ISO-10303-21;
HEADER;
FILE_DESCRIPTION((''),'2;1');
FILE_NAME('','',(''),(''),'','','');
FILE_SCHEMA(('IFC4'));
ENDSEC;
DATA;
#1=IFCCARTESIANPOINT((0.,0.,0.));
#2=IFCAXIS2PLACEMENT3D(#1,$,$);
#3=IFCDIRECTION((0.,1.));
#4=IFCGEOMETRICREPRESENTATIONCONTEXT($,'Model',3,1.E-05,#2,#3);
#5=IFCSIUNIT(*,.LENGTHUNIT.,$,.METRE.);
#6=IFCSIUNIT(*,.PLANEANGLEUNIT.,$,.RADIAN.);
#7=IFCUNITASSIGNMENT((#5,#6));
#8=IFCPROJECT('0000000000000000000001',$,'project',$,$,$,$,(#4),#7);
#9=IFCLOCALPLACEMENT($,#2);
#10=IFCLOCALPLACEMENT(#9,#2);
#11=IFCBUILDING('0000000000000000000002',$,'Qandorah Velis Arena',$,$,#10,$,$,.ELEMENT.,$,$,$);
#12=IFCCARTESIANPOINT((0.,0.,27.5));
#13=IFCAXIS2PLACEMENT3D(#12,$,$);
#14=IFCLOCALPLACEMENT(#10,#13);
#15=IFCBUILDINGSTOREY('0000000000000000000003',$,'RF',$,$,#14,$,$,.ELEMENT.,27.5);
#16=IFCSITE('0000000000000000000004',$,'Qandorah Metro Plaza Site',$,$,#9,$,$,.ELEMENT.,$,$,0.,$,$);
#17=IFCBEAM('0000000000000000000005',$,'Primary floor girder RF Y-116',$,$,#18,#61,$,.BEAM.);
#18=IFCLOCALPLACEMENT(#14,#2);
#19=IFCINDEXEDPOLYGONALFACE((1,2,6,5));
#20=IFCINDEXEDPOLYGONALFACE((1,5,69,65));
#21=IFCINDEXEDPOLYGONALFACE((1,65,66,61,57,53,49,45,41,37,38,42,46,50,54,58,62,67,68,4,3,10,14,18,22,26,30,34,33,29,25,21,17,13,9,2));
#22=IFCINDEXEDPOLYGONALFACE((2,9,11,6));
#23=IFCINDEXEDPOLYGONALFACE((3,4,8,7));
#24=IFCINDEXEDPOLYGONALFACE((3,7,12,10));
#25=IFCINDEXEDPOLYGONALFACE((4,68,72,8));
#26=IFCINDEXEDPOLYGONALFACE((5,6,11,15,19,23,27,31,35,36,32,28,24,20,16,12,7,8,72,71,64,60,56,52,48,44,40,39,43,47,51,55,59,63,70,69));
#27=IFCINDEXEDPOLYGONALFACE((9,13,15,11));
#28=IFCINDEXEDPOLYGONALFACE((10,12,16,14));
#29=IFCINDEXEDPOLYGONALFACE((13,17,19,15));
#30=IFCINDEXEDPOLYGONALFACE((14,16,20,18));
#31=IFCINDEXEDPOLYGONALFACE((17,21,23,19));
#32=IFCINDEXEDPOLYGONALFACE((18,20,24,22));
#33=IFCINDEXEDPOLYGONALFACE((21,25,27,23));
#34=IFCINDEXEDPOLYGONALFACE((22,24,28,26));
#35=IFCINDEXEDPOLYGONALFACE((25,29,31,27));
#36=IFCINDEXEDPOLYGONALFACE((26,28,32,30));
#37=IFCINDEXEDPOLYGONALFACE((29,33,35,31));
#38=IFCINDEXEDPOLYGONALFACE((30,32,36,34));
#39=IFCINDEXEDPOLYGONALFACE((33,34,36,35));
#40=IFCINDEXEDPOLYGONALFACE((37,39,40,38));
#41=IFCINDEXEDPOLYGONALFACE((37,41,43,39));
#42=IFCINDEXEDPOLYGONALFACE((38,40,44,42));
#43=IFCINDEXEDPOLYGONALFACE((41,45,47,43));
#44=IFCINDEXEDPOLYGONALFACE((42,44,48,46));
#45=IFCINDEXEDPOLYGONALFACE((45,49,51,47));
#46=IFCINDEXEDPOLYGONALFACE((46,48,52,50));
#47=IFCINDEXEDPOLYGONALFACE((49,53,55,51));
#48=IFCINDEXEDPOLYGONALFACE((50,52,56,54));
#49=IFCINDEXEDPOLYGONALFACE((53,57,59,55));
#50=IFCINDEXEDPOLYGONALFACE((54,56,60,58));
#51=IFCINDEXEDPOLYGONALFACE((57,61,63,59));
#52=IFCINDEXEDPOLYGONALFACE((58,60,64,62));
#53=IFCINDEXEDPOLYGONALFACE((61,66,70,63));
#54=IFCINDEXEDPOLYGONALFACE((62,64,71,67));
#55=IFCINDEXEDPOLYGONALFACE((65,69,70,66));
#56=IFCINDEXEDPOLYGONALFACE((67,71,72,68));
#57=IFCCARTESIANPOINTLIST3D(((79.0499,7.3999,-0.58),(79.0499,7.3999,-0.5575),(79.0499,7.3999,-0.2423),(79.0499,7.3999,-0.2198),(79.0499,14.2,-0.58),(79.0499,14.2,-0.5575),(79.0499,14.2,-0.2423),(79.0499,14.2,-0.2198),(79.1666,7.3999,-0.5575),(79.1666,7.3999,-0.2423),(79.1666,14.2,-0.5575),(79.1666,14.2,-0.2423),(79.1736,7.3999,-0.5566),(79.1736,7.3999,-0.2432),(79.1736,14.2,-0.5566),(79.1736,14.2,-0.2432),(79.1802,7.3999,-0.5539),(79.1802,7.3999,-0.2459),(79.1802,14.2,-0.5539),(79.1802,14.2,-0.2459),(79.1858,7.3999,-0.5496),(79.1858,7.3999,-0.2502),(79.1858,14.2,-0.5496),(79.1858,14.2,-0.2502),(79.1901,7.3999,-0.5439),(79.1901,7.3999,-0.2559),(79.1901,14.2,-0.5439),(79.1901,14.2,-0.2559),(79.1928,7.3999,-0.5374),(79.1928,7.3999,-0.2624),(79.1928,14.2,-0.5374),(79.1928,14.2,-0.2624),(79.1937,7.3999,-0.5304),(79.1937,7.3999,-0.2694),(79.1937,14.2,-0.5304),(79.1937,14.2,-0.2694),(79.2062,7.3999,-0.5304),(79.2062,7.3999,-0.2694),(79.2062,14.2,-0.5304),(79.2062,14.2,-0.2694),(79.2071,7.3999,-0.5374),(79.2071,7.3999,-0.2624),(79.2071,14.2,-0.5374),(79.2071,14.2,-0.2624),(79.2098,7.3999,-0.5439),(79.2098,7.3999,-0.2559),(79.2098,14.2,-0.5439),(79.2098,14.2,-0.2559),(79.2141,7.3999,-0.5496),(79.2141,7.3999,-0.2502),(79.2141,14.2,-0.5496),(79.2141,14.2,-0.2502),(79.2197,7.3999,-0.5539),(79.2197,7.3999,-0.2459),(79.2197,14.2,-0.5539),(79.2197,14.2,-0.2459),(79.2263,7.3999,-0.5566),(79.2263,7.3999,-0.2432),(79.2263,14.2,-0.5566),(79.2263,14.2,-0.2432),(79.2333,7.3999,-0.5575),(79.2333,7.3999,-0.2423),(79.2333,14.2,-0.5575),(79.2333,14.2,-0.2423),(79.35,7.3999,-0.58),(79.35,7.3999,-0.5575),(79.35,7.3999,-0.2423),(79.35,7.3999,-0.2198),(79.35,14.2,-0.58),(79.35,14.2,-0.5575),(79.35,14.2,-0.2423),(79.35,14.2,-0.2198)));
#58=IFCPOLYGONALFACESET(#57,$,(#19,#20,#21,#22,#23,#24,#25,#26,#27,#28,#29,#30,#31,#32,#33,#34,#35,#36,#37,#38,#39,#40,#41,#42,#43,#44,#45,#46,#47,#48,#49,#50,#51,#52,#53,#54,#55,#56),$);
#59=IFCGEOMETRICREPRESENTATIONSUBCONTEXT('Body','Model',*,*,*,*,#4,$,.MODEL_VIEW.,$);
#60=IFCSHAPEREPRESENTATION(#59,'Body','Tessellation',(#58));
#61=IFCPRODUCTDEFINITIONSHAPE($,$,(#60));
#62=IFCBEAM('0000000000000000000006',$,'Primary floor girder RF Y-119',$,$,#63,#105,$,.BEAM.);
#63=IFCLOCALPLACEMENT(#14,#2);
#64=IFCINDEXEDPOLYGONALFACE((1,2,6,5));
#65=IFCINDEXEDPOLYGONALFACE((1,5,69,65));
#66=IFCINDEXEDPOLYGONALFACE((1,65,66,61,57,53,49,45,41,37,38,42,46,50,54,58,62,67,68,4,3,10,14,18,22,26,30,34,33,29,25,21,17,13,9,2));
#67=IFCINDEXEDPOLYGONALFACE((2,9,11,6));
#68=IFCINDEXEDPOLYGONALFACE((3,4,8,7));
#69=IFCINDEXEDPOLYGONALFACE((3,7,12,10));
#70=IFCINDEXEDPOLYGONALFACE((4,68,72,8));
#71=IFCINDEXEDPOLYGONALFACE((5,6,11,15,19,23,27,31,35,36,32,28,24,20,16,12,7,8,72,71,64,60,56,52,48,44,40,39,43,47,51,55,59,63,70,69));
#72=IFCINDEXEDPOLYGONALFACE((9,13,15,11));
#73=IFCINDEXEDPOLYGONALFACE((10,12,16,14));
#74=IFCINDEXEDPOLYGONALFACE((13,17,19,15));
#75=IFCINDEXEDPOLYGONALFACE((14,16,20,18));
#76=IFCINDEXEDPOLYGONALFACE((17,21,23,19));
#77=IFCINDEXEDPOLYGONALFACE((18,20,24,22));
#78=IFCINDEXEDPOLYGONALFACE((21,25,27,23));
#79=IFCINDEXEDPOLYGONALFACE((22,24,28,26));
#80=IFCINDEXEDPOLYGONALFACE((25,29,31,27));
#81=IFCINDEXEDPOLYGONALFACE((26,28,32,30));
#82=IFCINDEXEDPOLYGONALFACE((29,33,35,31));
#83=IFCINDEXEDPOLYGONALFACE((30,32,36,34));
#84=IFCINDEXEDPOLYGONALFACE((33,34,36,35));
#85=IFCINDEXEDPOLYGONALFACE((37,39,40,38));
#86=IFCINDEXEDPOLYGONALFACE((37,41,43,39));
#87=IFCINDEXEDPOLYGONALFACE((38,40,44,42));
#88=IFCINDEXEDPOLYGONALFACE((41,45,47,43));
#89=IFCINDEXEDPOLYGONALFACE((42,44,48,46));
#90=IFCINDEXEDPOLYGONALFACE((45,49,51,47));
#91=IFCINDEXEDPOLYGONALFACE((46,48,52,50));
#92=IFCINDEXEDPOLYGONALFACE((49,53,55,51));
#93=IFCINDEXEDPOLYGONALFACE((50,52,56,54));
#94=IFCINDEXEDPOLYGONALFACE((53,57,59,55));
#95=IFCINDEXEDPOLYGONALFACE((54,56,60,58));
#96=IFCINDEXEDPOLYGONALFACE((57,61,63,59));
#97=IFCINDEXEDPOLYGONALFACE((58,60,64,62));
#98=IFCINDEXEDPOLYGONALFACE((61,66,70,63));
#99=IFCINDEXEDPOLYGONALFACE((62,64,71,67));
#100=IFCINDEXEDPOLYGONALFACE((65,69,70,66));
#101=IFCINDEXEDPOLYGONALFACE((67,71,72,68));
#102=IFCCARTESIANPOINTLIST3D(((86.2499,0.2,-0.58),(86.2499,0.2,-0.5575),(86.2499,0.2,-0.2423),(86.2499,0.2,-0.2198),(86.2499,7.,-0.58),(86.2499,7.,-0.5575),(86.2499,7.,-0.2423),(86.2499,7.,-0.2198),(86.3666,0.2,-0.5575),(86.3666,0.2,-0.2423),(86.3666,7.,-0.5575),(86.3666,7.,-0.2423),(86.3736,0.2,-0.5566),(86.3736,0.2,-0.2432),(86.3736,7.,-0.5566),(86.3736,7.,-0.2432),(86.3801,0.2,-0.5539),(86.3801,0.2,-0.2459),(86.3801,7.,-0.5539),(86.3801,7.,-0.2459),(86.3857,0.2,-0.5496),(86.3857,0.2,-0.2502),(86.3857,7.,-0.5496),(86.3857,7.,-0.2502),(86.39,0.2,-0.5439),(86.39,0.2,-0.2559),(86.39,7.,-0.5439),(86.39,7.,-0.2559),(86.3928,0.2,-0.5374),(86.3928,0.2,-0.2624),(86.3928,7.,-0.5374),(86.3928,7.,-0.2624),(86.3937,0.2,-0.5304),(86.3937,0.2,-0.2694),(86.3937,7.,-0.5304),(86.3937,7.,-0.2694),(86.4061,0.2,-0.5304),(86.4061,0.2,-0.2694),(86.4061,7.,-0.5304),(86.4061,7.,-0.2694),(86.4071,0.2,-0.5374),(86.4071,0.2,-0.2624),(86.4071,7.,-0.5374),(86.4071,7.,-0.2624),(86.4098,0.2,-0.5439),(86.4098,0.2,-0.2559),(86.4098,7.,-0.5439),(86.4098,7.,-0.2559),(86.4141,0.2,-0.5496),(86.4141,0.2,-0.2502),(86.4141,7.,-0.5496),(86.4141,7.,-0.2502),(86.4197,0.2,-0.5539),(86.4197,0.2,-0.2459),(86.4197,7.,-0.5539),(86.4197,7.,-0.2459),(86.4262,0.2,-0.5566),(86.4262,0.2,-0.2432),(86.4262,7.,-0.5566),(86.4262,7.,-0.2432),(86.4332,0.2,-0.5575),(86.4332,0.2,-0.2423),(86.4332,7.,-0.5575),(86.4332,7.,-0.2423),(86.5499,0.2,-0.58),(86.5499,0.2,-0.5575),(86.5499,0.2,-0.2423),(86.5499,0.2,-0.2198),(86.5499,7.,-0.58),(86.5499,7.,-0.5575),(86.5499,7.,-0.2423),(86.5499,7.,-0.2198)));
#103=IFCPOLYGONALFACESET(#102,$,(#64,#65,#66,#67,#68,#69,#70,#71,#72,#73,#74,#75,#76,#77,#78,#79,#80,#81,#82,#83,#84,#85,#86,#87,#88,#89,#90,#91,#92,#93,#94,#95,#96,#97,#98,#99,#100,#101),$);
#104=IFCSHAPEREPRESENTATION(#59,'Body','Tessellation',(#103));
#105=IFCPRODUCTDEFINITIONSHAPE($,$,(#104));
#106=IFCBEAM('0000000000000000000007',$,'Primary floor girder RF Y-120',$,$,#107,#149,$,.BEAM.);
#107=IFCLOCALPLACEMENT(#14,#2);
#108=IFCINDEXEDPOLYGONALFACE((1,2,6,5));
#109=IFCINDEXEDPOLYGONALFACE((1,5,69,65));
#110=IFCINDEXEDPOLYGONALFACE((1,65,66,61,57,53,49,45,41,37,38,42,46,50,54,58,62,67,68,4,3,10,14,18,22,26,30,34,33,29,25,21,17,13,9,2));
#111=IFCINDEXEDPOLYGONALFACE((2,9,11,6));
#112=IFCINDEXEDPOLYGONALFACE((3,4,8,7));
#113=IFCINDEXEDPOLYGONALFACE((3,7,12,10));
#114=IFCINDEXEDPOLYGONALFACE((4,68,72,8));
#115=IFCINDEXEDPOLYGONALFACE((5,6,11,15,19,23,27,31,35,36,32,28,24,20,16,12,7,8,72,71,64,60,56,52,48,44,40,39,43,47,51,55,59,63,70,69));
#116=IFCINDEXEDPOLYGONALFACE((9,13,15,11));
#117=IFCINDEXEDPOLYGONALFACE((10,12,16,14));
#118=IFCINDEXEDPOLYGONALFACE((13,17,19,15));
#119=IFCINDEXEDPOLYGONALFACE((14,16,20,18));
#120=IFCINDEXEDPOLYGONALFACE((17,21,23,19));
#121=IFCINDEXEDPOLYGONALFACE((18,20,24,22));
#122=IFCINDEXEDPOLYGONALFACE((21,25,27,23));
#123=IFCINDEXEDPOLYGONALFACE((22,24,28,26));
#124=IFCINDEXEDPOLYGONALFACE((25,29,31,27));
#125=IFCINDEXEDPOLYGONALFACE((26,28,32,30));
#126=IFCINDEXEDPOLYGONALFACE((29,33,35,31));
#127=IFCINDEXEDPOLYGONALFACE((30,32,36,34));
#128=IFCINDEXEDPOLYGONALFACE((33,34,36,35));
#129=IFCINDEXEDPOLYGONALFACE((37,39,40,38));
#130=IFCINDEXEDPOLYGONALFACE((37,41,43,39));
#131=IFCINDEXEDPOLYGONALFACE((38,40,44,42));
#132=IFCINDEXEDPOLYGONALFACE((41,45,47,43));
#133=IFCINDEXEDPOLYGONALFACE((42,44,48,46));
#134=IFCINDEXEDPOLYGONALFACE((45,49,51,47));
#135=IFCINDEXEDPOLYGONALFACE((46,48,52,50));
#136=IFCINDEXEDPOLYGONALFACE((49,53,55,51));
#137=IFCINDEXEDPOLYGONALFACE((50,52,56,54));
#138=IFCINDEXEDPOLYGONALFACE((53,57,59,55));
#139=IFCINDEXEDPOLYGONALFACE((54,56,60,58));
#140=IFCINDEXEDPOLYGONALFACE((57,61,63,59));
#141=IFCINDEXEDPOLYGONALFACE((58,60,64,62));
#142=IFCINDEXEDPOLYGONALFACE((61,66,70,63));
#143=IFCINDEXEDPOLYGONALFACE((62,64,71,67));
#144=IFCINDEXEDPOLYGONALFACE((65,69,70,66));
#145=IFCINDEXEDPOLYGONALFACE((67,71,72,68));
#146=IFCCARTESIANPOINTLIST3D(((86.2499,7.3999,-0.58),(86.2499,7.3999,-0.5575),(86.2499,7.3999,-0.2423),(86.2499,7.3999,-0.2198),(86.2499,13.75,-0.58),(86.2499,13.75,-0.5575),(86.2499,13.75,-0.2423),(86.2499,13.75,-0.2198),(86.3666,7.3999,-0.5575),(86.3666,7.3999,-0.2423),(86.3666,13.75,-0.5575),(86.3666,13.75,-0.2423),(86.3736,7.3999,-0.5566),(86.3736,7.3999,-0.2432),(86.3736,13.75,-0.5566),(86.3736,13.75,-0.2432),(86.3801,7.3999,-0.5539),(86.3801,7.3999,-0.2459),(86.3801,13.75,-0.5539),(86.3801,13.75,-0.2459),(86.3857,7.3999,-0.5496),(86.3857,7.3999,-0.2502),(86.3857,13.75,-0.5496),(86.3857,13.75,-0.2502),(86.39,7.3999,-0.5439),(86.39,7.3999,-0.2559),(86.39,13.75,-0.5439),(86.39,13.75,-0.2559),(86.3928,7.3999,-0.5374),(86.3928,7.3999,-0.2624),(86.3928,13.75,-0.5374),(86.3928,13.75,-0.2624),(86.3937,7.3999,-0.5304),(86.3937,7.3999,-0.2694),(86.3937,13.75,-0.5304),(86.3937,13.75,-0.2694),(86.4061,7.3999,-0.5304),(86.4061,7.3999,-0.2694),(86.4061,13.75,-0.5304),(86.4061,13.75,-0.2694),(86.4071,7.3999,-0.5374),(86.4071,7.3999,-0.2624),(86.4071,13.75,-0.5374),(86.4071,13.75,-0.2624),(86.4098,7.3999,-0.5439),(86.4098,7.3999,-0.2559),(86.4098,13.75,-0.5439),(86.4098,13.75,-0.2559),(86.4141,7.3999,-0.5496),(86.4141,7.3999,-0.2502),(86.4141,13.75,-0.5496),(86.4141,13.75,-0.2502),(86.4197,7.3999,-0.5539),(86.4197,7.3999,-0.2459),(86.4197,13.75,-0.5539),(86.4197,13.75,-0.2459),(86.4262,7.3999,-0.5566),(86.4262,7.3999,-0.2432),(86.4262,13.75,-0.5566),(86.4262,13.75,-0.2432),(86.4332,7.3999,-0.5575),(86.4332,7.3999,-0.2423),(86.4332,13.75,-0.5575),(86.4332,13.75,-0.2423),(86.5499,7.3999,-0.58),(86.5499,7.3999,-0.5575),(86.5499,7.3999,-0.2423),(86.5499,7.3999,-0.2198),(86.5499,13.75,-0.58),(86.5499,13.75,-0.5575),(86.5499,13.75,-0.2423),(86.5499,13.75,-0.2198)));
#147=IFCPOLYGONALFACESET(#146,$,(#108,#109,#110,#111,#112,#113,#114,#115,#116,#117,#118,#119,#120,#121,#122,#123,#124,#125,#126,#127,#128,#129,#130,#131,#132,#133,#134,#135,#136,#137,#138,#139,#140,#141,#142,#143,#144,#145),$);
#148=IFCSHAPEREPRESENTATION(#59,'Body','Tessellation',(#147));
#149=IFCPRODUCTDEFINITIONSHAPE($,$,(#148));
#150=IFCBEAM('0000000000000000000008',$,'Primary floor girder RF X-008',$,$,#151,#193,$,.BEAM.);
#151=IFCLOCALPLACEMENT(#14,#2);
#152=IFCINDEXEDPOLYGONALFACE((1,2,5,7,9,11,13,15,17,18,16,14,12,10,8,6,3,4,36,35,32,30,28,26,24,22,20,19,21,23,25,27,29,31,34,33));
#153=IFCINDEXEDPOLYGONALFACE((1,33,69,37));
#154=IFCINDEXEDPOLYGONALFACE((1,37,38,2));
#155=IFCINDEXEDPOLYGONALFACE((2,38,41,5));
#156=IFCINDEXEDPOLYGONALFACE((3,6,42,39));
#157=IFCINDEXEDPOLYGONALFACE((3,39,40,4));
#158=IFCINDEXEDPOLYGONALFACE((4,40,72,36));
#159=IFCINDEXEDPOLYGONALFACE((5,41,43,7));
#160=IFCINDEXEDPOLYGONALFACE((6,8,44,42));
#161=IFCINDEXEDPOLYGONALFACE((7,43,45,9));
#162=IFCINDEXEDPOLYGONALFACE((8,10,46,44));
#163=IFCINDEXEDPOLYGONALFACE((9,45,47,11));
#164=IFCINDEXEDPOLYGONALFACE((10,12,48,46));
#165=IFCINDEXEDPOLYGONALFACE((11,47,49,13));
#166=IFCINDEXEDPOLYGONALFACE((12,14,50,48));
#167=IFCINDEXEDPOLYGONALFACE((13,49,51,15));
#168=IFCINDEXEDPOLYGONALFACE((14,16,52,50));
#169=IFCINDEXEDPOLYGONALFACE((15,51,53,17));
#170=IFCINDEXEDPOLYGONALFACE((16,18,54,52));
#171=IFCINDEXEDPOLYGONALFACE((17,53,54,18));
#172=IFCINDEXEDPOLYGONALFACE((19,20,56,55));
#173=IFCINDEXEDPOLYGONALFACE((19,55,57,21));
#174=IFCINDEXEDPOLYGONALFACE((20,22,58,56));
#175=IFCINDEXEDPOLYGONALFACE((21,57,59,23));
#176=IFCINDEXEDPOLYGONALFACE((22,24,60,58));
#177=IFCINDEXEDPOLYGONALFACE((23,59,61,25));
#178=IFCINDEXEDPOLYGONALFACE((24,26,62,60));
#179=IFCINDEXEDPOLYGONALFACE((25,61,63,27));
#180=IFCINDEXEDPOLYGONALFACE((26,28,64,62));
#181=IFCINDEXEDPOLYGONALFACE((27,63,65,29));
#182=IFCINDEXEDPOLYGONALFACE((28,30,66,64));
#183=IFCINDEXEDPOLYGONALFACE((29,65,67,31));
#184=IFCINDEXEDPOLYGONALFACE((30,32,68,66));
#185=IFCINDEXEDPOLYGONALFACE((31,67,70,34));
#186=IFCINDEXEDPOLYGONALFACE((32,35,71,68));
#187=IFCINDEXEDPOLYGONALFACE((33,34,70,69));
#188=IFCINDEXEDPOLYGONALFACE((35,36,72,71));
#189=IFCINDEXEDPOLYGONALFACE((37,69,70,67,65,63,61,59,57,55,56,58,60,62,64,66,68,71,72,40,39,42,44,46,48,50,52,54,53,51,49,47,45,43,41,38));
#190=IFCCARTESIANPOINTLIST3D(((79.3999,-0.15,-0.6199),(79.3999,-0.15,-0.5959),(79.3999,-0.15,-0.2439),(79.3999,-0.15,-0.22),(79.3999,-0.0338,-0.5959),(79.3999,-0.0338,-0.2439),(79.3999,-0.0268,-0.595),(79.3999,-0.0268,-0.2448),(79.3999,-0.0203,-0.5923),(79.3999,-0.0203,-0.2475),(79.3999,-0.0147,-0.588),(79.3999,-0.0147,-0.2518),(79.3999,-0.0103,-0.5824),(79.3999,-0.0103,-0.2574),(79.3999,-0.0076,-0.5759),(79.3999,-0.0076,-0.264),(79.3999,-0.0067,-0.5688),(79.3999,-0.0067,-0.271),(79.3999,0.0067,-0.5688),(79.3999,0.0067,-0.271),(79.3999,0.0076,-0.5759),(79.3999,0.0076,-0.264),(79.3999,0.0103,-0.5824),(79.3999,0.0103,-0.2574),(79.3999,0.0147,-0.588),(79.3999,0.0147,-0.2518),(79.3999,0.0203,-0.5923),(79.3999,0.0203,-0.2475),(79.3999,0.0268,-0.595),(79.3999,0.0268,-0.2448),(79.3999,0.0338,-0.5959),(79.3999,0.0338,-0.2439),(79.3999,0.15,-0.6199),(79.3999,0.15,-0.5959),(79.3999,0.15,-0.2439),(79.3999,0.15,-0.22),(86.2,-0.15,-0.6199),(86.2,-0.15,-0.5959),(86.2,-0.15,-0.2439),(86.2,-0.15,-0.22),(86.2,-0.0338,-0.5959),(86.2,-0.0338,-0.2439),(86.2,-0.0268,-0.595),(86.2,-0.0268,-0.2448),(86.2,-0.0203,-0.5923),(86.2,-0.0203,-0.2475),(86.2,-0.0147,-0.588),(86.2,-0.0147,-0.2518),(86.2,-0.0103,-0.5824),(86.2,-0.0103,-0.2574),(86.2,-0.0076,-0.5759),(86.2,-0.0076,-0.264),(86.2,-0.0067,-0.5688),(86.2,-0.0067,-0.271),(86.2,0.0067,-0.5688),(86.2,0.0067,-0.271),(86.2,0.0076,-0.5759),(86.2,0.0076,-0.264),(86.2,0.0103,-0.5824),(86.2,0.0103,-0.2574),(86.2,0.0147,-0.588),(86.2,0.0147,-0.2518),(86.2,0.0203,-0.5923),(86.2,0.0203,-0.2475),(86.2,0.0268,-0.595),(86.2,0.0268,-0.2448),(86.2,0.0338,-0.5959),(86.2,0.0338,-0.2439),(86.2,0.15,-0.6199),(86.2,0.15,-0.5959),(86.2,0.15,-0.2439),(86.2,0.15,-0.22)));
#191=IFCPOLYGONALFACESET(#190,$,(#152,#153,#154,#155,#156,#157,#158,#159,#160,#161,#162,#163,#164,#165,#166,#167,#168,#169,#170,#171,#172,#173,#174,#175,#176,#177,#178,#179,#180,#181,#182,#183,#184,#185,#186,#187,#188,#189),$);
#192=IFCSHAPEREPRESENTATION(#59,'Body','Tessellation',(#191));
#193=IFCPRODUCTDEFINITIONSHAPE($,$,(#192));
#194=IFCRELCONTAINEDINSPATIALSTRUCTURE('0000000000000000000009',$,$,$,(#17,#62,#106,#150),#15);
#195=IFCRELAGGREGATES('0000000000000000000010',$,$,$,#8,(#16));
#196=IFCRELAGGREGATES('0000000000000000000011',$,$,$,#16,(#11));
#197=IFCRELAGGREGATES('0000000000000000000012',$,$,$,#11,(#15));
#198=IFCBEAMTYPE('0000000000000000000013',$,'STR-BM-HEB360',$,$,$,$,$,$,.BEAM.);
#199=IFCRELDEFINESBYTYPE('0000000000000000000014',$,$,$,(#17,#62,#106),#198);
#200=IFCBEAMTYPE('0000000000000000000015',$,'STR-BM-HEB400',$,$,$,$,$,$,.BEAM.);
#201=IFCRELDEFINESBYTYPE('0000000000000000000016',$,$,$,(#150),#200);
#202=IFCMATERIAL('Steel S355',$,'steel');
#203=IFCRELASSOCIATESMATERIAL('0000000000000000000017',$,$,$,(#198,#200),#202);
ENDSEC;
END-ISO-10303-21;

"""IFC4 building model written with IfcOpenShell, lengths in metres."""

from ifc_helpers import new_model, si_unit, direction, frame, origin, origin_2d, place, context, subcontext, project, spatial, i_section, extrude, material, material_profile, profile_set, type_object, element, save


model = new_model("IFC4")

# Units and contexts
model_context = context("Model", 3, precision=1e-05, world=origin(), true_north=direction((0.0, 1.0)))
body_context = subcontext(model_context, "Body", "Model", "MODEL_VIEW")
ifc_project = project(units=[si_unit("LENGTHUNIT", "METRE"), si_unit("PLANEANGLEUNIT", "RADIAN")], contexts=[model_context])

# Site, building, storey
site_placement = place(None, origin())
site = spatial("IfcSite", under=ifc_project, at=site_placement, Name="Qandorah Metro Plaza Site", CompositionType="ELEMENT", RefElevation=0.0)
building_placement = place(site_placement, origin())
building = spatial("IfcBuilding", under=site, at=building_placement, Name="Qandorah Velis Arena", CompositionType="ELEMENT")
storey_placement = place(building_placement, frame((0.0, 0.0, 27.5)))
storey = spatial("IfcBuildingStorey", under=building, at=storey_placement, Name="RF", CompositionType="ELEMENT", Elevation=27.5)

# Beams
ifc_material_1 = material(Name="Steel S355", Category="steel")
ifc_material_profile_1 = material_profile(ifc_material_1, i_section(OverallWidth=0.3, OverallDepth=0.3601, WebThickness=0.0125, FlangeThickness=0.0225, FilletRadius=0.0271, at=origin_2d()), Name="HEB 360")
ifc_profile_set_1 = profile_set([ifc_material_profile_1], Name="Steel S355")
beam_type_1 = type_object("IfcBeamType", Name="STR-BM-HEB360", PredefinedType="BEAM", material=ifc_profile_set_1)
for number, where, z_axis, x_axis, name in (
    (1, (79.2, 7.3999, -0.3999), (0.0, 1.0, 0.0), (-1.0, 0.0, 0.0), "Primary floor girder RF Y-116"),
    (2, (86.3999, 0.2, -0.3999), (0.0, 1.0, 0.0), (-1.0, 0.0, 0.0), "Primary floor girder RF Y-119"),
):
    element("IfcBeam", number, at=place(storey_placement, frame(where, z_axis=z_axis, x_axis=x_axis)), inside=storey, type_object=beam_type_1, Name=name, PredefinedType="BEAM", context=body_context, shape_type="SweptSolid", body=[
        extrude(i_section(OverallWidth=0.3, OverallDepth=0.3601, WebThickness=0.0125, FlangeThickness=0.0225, FilletRadius=0.0271, at=origin_2d()), origin(), (0.0, 0.0, 1.0), 6.8),
    ])
beam_1_placement = place(storey_placement, frame((86.3999, 7.3999, -0.3999), z_axis=(0.0, 1.0, 0.0), x_axis=(-1.0, 0.0, 0.0)))
element("IfcBeam", 3, at=beam_1_placement, inside=storey, type_object=beam_type_1, Name="Primary floor girder RF Y-120", PredefinedType="BEAM", context=body_context, shape_type="SweptSolid", body=[
    extrude(i_section(OverallWidth=0.3, OverallDepth=0.3601, WebThickness=0.0125, FlangeThickness=0.0225, FilletRadius=0.0271, at=origin_2d()), origin(), (0.0, 0.0, 1.0), 6.3501),
])
ifc_material_profile_2 = material_profile(ifc_material_1, i_section(OverallWidth=0.3, OverallDepth=0.3999, WebThickness=0.0134, FlangeThickness=0.0239, FilletRadius=0.0271, at=origin_2d()), Name="HEB 400")
ifc_profile_set_2 = profile_set([ifc_material_profile_2], Name="Steel S355")
beam_type_2 = type_object("IfcBeamType", Name="STR-BM-HEB400", PredefinedType="BEAM", material=ifc_profile_set_2)
beam_2_placement = place(storey_placement, frame((79.3999, 0.0, -0.4199), z_axis=(1.0, 0.0, 0.0), x_axis=(0.0, 1.0, 0.0)))
element("IfcBeam", 4, at=beam_2_placement, inside=storey, type_object=beam_type_2, Name="Primary floor girder RF X-008", PredefinedType="BEAM", context=body_context, shape_type="SweptSolid", body=[
    extrude(i_section(OverallWidth=0.3, OverallDepth=0.3999, WebThickness=0.0134, FlangeThickness=0.0239, FilletRadius=0.0271, at=origin_2d()), origin(), (0.0, 0.0, 1.0), 6.8),
])

save(model, "model.ifc")
